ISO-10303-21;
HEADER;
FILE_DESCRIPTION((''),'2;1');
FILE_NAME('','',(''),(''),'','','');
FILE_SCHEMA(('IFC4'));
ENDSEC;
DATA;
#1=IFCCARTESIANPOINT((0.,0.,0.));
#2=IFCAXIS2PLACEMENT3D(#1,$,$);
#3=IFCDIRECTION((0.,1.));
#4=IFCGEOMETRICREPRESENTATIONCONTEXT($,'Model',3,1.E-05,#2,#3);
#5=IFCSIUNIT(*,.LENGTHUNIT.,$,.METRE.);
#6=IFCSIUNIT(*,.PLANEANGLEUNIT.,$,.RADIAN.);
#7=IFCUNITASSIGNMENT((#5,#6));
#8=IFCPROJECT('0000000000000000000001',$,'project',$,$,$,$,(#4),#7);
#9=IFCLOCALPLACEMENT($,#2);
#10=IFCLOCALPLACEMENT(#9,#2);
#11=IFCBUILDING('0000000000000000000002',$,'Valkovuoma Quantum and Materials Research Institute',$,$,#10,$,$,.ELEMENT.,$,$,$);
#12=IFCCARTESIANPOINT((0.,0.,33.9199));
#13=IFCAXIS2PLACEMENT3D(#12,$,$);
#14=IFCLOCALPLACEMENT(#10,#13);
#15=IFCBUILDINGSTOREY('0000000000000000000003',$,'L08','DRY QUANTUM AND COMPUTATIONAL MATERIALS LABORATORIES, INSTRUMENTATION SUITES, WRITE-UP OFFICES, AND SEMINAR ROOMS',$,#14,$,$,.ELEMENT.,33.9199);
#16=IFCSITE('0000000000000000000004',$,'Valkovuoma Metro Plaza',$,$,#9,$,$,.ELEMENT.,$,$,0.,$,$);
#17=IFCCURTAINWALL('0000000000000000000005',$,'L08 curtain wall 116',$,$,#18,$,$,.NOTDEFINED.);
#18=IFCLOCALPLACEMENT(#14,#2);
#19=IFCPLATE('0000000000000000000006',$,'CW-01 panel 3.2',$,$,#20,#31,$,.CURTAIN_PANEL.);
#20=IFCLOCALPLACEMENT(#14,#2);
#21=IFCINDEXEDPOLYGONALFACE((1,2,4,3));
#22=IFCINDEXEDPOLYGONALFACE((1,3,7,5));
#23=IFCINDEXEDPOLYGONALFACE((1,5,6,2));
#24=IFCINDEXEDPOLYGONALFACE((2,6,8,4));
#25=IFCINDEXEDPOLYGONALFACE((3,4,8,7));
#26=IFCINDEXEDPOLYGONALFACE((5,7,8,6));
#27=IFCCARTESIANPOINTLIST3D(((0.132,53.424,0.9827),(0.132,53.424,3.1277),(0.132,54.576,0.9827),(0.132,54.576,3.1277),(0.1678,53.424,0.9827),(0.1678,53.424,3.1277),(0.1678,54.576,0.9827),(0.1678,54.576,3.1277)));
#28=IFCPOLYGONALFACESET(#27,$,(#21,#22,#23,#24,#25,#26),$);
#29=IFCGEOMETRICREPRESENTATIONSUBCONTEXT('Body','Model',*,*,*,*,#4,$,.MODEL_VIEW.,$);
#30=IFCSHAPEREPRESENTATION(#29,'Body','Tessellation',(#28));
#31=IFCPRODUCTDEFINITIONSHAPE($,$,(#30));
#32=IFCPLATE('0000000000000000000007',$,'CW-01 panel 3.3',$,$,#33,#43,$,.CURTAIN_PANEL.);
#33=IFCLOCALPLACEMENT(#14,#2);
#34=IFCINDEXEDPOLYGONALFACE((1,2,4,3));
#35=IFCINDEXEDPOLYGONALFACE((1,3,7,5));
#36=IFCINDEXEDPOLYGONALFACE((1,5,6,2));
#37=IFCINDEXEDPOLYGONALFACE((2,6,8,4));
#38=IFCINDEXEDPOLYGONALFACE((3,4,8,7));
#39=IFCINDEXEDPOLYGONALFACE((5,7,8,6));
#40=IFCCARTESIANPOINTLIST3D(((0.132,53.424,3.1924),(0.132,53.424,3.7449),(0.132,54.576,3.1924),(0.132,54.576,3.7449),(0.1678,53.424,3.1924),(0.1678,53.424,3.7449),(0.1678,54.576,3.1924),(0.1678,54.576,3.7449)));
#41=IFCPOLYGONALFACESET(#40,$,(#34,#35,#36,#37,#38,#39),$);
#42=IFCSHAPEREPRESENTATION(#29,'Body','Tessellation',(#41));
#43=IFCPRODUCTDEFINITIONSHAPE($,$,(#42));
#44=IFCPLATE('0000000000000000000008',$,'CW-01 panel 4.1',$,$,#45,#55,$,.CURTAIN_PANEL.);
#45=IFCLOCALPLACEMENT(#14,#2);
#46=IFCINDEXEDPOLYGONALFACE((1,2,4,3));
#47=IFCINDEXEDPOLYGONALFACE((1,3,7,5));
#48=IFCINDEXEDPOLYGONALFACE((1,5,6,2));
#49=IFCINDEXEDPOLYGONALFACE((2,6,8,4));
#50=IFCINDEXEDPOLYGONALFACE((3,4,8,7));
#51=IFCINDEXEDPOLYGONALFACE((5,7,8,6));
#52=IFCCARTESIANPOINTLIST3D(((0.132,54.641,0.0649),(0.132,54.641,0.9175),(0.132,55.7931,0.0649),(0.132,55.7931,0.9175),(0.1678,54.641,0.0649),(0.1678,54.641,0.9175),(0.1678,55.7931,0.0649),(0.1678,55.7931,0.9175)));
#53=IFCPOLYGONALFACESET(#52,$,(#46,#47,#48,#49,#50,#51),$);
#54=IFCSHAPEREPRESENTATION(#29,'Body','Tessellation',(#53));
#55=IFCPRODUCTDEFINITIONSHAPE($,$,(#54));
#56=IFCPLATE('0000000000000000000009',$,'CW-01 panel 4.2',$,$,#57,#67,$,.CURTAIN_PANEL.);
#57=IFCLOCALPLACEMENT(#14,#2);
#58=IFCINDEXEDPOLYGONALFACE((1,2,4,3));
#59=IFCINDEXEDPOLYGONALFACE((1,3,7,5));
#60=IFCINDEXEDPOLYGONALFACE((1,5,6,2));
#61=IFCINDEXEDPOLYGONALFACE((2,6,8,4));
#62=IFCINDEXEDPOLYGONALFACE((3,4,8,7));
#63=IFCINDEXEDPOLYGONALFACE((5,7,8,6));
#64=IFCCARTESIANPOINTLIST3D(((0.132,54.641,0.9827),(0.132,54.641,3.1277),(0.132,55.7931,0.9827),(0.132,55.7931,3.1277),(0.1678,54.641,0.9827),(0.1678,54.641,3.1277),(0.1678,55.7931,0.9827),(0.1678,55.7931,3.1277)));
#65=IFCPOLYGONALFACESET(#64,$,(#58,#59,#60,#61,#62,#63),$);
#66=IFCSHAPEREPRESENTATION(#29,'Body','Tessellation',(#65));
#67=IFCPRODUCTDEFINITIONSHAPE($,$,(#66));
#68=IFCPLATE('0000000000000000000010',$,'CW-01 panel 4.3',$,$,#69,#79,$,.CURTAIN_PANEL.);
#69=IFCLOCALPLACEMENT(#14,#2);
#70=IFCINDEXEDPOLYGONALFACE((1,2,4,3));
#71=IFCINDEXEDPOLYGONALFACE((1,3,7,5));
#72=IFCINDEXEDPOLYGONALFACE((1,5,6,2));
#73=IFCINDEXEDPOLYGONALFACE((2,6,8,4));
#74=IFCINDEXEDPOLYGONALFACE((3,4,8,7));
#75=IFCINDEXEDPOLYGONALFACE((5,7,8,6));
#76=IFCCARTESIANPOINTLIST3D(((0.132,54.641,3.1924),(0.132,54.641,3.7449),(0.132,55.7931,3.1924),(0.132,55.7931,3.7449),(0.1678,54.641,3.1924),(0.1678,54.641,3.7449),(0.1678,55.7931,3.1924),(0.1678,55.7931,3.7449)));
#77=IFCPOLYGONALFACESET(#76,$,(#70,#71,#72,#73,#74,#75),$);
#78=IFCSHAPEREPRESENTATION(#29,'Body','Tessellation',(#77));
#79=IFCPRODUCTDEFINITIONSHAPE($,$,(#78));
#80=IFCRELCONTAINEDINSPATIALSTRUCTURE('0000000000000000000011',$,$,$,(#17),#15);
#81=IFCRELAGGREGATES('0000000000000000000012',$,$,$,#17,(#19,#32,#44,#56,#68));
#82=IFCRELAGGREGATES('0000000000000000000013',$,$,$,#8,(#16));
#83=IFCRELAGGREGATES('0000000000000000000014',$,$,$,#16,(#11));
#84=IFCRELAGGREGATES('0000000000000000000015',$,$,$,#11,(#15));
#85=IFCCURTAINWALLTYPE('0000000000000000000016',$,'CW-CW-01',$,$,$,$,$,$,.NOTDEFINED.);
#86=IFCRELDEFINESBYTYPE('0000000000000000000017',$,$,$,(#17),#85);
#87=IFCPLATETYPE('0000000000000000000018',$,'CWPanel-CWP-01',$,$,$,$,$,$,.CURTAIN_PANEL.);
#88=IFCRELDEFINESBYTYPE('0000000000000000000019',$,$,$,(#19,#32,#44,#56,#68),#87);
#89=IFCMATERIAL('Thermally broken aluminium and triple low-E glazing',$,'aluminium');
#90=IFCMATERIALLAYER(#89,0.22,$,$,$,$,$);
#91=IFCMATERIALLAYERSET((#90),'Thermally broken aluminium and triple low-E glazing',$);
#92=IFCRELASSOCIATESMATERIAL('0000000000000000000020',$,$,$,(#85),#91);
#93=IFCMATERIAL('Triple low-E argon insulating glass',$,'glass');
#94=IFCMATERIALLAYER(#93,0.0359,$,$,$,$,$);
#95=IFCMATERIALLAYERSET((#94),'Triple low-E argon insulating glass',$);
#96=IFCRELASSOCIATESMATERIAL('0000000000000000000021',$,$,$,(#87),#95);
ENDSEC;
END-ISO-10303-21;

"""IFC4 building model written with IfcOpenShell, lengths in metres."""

from ifc_helpers import new_model, si_unit, direction, frame, origin, origin_2d, place, context, subcontext, project, spatial, rectangle, extrude, material, layer, layer_set, type_object, element, aggregate, save


model = new_model("IFC4")

# Units and contexts
model_context = context("Model", 3, precision=1e-05, world=origin(), true_north=direction((0.0, 1.0)))
body_context = subcontext(model_context, "Body", "Model", "MODEL_VIEW")
ifc_project = project(units=[si_unit("LENGTHUNIT", "METRE"), si_unit("PLANEANGLEUNIT", "RADIAN")], contexts=[model_context])

# Site, building, storey
site_placement = place(None, origin())
site = spatial("IfcSite", under=ifc_project, at=site_placement, Name="Valkovuoma Metro Plaza", CompositionType="ELEMENT", RefElevation=0.0)
building_placement = place(site_placement, origin())
building = spatial("IfcBuilding", under=site, at=building_placement, Name="Valkovuoma Quantum and Materials Research Institute", CompositionType="ELEMENT")
storey_placement = place(building_placement, frame((0.0, 0.0, 33.9199)))
storey = spatial("IfcBuildingStorey", under=building, at=storey_placement, Name="L08", Description="DRY QUANTUM AND COMPUTATIONAL MATERIALS LABORATORIES, INSTRUMENTATION SUITES, WRITE-UP OFFICES, AND SEMINAR ROOMS", CompositionType="ELEMENT", Elevation=33.9199)

# Curtain wall, plates
ifc_material_1 = material(Name="Thermally broken aluminium and triple low-E glazing", Category="aluminium")
ifc_layer_1 = layer(ifc_material_1, 0.22)
ifc_layer_set_1 = layer_set([ifc_layer_1], Name="Thermally broken aluminium and triple low-E glazing")
curtain_wall_type = type_object("IfcCurtainWallType", Name="CW-CW-01", PredefinedType="NOTDEFINED", material=ifc_layer_set_1)
curtain_wall_placement = place(storey_placement, origin())
curtain_wall = element("IfcCurtainWall", 1, at=curtain_wall_placement, inside=storey, type_object=curtain_wall_type, Name="L08 curtain wall 116", PredefinedType="NOTDEFINED")
ifc_material_2 = material(Name="Triple low-E argon insulating glass", Category="glass")
ifc_layer_2 = layer(ifc_material_2, 0.0359)
ifc_layer_set_2 = layer_set([ifc_layer_2], Name="Triple low-E argon insulating glass")
plate_type = type_object("IfcPlateType", Name="CWPanel-CWP-01", PredefinedType="CURTAIN_PANEL", material=ifc_layer_set_2)
plate_1_placement = place(storey_placement, frame((0.1499, 54.0, 0.9827), z_axis=(0.0, 0.0, 1.0), x_axis=(0.0, 1.0, 0.0)))
plate_1 = element("IfcPlate", 2, at=plate_1_placement, type_object=plate_type, Name="CW-01 panel 3.2", PredefinedType="CURTAIN_PANEL", context=body_context, shape_type="SweptSolid", body=[
    extrude(rectangle(XDim=1.1521, YDim=0.0359, at=origin_2d()), origin(), (0.0, 0.0, 1.0), 2.145),
])
plate_2_placement = place(storey_placement, frame((0.1499, 54.0, 3.1924), z_axis=(0.0, 0.0, 1.0), x_axis=(0.0, 1.0, 0.0)))
plate_2 = element("IfcPlate", 3, at=plate_2_placement, type_object=plate_type, Name="CW-01 panel 3.3", PredefinedType="CURTAIN_PANEL", context=body_context, shape_type="SweptSolid", body=[
    extrude(rectangle(XDim=1.1521, YDim=0.0359, at=origin_2d()), origin(), (0.0, 0.0, 1.0), 0.5525),
])
plate_3_placement = place(storey_placement, frame((0.1499, 55.217, 0.0649), z_axis=(0.0, 0.0, 1.0), x_axis=(0.0, 1.0, 0.0)))
plate_3 = element("IfcPlate", 4, at=plate_3_placement, type_object=plate_type, Name="CW-01 panel 4.1", PredefinedType="CURTAIN_PANEL", context=body_context, shape_type="SweptSolid", body=[
    extrude(rectangle(XDim=1.1521, YDim=0.0359, at=origin_2d()), origin(), (0.0, 0.0, 1.0), 0.8525),
])
plate_4_placement = place(storey_placement, frame((0.1499, 55.217, 0.9827), z_axis=(0.0, 0.0, 1.0), x_axis=(0.0, 1.0, 0.0)))
plate_4 = element("IfcPlate", 5, at=plate_4_placement, type_object=plate_type, Name="CW-01 panel 4.2", PredefinedType="CURTAIN_PANEL", context=body_context, shape_type="SweptSolid", body=[
    extrude(rectangle(XDim=1.1521, YDim=0.0359, at=origin_2d()), origin(), (0.0, 0.0, 1.0), 2.145),
])
plate_5_placement = place(storey_placement, frame((0.1499, 55.217, 3.1924), z_axis=(0.0, 0.0, 1.0), x_axis=(0.0, 1.0, 0.0)))
plate_5 = element("IfcPlate", 6, at=plate_5_placement, type_object=plate_type, Name="CW-01 panel 4.3", PredefinedType="CURTAIN_PANEL", context=body_context, shape_type="SweptSolid", body=[
    extrude(rectangle(XDim=1.1521, YDim=0.0359, at=origin_2d()), origin(), (0.0, 0.0, 1.0), 0.5525),
])
aggregate(curtain_wall, [plate_1, plate_2, plate_3, plate_4, plate_5])

save(model, "model.ifc")
